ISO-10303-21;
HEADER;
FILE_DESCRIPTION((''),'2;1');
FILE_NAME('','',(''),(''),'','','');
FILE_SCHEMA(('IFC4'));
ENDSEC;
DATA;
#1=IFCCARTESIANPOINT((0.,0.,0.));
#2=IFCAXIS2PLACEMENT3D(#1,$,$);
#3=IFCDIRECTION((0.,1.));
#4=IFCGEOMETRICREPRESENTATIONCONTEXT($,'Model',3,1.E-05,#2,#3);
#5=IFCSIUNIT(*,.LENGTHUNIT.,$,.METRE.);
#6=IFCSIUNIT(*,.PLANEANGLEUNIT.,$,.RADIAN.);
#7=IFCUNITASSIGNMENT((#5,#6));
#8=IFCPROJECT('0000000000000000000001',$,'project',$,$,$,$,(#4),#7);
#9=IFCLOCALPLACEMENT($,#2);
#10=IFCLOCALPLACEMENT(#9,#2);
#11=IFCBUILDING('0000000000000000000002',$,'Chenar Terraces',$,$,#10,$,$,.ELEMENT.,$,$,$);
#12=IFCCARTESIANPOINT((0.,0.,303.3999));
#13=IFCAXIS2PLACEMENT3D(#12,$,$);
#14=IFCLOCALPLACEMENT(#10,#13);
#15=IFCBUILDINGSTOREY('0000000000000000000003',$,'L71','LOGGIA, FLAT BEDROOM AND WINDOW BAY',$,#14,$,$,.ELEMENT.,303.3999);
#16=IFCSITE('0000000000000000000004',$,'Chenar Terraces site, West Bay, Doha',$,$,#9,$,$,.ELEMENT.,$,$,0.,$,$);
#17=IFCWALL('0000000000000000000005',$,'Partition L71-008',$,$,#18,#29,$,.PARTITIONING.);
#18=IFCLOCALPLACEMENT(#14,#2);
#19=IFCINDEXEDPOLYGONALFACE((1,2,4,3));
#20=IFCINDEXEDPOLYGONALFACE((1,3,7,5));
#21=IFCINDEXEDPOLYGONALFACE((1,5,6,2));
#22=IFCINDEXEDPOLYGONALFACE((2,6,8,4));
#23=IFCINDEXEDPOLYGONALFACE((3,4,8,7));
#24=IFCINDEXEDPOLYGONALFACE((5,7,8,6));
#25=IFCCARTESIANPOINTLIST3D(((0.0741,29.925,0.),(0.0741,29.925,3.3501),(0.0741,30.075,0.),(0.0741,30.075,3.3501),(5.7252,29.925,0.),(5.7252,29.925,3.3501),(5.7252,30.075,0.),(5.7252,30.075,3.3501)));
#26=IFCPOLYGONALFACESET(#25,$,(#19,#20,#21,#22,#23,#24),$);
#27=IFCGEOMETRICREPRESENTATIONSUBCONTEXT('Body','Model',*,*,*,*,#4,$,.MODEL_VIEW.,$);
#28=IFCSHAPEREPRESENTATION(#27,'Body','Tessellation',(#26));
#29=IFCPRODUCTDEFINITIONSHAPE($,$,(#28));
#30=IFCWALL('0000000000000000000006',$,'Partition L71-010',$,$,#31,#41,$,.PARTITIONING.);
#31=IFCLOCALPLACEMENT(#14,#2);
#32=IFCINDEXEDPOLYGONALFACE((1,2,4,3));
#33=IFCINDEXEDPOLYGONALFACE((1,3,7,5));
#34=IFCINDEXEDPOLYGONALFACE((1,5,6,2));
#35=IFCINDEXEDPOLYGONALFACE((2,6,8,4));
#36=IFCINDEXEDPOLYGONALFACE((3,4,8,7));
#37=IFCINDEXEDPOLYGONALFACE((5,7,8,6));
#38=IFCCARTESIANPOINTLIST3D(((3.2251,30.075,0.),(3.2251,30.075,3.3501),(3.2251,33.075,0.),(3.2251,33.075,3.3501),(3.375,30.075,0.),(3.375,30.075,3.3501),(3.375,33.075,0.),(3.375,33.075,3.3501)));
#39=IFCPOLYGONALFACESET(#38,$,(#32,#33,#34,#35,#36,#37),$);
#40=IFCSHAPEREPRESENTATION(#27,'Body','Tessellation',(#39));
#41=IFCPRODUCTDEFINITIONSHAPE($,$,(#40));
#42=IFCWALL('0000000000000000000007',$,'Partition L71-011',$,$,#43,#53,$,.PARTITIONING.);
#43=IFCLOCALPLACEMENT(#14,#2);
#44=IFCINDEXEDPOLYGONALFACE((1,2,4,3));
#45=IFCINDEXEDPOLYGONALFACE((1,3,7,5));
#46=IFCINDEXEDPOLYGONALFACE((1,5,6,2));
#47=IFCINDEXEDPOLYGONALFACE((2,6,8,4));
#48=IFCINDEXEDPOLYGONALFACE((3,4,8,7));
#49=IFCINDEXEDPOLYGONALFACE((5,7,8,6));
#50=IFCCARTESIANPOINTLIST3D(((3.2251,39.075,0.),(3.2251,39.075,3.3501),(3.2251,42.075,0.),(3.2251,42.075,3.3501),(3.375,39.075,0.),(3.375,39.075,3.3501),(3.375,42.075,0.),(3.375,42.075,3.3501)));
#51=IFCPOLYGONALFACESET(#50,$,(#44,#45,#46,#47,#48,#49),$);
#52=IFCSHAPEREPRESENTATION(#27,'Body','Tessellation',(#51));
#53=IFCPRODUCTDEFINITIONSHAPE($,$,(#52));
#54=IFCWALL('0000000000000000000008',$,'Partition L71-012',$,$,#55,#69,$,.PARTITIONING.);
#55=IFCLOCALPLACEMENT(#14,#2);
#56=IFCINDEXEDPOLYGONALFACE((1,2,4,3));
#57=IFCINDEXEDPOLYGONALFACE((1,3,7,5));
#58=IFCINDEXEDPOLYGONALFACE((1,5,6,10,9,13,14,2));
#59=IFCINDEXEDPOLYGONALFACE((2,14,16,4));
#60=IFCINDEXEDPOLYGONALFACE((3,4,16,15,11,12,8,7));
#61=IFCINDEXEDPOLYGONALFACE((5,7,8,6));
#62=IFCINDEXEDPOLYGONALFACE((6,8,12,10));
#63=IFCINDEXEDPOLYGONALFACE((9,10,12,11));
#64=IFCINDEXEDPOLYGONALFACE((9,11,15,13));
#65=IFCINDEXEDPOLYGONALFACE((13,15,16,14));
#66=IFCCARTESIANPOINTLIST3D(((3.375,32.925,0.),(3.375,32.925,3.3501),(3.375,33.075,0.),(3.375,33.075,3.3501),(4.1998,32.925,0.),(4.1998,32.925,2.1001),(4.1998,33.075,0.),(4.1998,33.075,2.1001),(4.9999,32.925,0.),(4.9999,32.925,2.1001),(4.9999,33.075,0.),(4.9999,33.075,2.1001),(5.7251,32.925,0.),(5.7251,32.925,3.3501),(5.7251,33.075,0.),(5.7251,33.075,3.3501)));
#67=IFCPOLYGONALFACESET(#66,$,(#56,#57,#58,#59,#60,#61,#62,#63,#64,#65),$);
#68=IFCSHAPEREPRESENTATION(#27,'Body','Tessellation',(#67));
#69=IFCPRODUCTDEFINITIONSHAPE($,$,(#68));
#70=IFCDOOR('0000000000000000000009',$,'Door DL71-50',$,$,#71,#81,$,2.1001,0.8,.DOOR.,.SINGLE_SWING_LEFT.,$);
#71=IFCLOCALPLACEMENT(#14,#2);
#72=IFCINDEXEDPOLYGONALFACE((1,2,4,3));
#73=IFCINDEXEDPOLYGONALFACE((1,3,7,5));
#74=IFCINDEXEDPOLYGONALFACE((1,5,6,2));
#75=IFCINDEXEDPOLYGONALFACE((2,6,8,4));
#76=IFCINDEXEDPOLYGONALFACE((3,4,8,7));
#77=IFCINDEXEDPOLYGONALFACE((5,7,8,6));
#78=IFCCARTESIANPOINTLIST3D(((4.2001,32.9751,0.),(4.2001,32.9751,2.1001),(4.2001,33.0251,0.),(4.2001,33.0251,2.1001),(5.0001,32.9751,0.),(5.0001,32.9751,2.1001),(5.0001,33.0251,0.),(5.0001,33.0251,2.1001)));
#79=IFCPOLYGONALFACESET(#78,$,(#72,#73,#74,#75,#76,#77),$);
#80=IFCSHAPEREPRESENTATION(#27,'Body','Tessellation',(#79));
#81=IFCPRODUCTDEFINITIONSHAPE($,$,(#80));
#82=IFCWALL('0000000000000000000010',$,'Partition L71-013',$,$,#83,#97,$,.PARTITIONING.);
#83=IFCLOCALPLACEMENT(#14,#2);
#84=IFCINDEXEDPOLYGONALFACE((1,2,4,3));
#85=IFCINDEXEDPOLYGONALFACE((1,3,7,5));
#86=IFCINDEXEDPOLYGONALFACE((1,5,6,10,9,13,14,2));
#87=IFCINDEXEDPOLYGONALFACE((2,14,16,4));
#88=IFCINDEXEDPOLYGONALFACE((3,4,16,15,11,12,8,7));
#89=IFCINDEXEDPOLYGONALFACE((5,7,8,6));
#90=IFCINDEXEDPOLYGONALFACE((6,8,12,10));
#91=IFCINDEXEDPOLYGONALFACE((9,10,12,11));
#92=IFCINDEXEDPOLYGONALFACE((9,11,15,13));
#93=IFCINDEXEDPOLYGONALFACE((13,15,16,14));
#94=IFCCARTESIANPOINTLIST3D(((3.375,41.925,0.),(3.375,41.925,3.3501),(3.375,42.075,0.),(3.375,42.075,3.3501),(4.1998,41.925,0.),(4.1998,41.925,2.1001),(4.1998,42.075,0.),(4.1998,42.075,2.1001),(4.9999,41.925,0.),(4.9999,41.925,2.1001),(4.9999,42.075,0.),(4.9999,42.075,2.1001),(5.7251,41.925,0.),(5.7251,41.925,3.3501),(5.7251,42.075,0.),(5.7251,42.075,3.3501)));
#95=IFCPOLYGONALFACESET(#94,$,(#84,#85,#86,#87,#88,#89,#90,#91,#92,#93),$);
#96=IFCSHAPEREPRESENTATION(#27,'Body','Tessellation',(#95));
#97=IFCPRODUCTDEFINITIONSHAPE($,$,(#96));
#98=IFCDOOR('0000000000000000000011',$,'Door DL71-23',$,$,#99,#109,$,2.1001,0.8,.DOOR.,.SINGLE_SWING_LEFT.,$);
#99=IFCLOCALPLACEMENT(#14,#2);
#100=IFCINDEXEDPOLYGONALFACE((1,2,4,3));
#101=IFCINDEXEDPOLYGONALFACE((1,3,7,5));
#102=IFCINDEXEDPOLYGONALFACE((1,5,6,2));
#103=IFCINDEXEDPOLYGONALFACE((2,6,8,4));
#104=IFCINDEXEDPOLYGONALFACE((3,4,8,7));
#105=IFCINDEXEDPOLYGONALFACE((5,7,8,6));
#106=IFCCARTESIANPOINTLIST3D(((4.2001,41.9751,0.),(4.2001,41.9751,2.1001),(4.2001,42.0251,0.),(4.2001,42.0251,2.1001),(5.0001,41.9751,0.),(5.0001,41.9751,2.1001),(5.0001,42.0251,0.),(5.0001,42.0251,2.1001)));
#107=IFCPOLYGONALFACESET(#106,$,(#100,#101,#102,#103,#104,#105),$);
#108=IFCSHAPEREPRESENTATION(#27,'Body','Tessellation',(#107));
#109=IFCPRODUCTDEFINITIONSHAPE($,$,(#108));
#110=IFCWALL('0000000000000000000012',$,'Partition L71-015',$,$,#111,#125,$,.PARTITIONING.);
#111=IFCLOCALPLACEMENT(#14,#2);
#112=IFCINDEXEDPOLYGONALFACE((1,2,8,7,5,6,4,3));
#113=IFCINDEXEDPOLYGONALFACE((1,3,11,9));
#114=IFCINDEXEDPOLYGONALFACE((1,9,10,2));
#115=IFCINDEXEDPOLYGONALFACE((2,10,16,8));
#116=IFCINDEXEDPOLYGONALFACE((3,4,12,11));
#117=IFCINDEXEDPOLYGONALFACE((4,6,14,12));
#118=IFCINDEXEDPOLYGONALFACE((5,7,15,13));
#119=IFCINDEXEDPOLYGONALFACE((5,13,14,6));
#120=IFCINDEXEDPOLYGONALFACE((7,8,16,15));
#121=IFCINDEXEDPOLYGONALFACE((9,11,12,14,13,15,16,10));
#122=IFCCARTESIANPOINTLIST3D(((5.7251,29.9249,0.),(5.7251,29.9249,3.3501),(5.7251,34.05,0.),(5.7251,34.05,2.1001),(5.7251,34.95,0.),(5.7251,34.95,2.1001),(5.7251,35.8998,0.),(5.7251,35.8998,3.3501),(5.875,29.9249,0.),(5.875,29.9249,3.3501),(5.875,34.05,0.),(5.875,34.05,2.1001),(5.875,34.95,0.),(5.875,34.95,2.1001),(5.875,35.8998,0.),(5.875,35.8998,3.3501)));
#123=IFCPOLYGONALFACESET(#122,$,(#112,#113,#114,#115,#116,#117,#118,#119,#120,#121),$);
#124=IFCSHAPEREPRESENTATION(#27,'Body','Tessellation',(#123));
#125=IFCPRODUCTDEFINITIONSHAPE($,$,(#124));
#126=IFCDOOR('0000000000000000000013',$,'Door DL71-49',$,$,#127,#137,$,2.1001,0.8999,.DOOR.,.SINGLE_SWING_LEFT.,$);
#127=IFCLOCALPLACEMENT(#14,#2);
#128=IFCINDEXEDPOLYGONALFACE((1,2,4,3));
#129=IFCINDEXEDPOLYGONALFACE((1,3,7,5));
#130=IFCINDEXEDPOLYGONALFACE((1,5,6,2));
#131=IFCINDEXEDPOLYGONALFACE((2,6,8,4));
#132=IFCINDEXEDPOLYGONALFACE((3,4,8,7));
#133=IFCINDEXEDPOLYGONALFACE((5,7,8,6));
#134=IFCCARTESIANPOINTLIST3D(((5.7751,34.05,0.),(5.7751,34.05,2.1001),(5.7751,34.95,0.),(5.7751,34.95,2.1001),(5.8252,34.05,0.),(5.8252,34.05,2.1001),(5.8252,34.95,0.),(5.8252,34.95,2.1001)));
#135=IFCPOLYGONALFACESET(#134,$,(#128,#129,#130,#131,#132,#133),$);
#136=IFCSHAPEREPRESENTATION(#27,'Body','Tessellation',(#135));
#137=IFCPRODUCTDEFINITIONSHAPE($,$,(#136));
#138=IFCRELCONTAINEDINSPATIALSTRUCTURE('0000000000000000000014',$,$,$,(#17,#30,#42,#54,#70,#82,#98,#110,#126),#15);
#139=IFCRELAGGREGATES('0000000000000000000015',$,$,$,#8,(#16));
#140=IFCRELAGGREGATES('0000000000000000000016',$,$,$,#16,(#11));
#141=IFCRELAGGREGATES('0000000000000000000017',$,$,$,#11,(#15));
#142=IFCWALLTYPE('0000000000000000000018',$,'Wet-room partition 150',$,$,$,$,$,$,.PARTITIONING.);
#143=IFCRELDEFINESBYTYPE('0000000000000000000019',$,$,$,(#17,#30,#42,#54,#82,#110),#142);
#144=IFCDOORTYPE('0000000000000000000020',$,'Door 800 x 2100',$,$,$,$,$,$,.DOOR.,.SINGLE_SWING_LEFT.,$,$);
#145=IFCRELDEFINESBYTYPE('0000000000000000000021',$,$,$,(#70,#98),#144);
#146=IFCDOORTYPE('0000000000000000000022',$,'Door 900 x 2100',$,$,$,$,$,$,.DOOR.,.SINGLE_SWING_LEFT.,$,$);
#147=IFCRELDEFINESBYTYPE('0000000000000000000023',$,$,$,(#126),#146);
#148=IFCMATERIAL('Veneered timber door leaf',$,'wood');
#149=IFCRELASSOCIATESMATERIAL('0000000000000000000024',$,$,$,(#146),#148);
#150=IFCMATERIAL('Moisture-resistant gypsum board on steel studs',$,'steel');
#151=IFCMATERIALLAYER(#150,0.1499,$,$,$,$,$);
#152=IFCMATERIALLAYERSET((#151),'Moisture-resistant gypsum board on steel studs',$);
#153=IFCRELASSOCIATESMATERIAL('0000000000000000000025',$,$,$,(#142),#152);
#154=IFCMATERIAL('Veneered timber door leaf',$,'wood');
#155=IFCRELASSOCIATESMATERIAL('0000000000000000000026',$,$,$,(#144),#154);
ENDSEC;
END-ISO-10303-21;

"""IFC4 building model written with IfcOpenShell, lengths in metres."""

from ifc_helpers import new_model, si_unit, direction, frame, frame_2d, origin, place, context, subcontext, project, spatial, rectangle, extrude, material, layer, layer_set, type_object, element, fill, save


model = new_model("IFC4")

# Units and contexts
model_context = context("Model", 3, precision=1e-05, world=origin(), true_north=direction((0.0, 1.0)))
body_context = subcontext(model_context, "Body", "Model", "MODEL_VIEW")
ifc_project = project(units=[si_unit("LENGTHUNIT", "METRE"), si_unit("PLANEANGLEUNIT", "RADIAN")], contexts=[model_context])

# Site, building, storey
site_placement = place(None, origin())
site = spatial("IfcSite", under=ifc_project, at=site_placement, Name="Chenar Terraces site, West Bay, Doha", CompositionType="ELEMENT", RefElevation=0.0)
building_placement = place(site_placement, origin())
building = spatial("IfcBuilding", under=site, at=building_placement, Name="Chenar Terraces", CompositionType="ELEMENT")
storey_placement = place(building_placement, frame((0.0, 0.0, 303.3999)))
storey = spatial("IfcBuildingStorey", under=building, at=storey_placement, Name="L71", Description="LOGGIA, FLAT BEDROOM AND WINDOW BAY", CompositionType="ELEMENT", Elevation=303.3999)

# Shared definitions
ifc_material_1 = material(Name="Veneered timber door leaf", Category="wood")
door_type_1 = type_object("IfcDoorType", Name="Door 900 x 2100", OperationType="SINGLE_SWING_LEFT", PredefinedType="DOOR", material=ifc_material_1)

# Walls
ifc_material_2 = material(Name="Moisture-resistant gypsum board on steel studs", Category="steel")
ifc_layer_1 = layer(ifc_material_2, 0.1499)
ifc_layer_set_1 = layer_set([ifc_layer_1], Name="Moisture-resistant gypsum board on steel studs")
wall_type_1 = type_object("IfcWallType", Name="Wet-room partition 150", PredefinedType="PARTITIONING", material=ifc_layer_set_1)
wall_1_placement = place(storey_placement, frame((0.074, 30.0, 0.0), z_axis=(0.0, 0.0, 1.0), x_axis=(1.0, 0.0, 0.0)))
element("IfcWall", 1, at=wall_1_placement, inside=storey, type_object=wall_type_1, Name="Partition L71-008", PredefinedType="PARTITIONING", context=body_context, shape_type="SweptSolid", body=[
    extrude(rectangle(XDim=5.6511, YDim=0.1499, at=frame_2d((2.8257, 0.0))), origin(), (0.0, 0.0, 1.0), 3.3501),
])
for number, where, z_axis, x_axis, name in (
    (2, (3.3, 30.075, 0.0), (0.0, 0.0, 1.0), (0.0, 1.0, 0.0), "Partition L71-010"),
    (3, (3.3, 39.075, 0.0), (0.0, 0.0, 1.0), (0.0, 1.0, 0.0), "Partition L71-011"),
):
    element("IfcWall", number, at=place(storey_placement, frame(where, z_axis=z_axis, x_axis=x_axis)), inside=storey, type_object=wall_type_1, Name=name, PredefinedType="PARTITIONING", context=body_context, shape_type="SweptSolid", body=[
        extrude(rectangle(XDim=3.0, YDim=0.1499, at=frame_2d((1.5, 0.0))), origin(), (0.0, 0.0, 1.0), 3.3501),
    ])

# Walls, openings, doors
wall_2_placement = place(storey_placement, frame((3.375, 33.0, 0.0), z_axis=(0.0, 0.0, 1.0), x_axis=(1.0, 0.0, 0.0)))
wall_2 = element("IfcWall", 4, at=wall_2_placement, inside=storey, type_object=wall_type_1, Name="Partition L71-012", PredefinedType="PARTITIONING", context=body_context, shape_type="SweptSolid", body=[
    extrude(rectangle(XDim=2.3501, YDim=0.1499, at=frame_2d((1.175, 0.0))), origin(), (0.0, 0.0, 1.0), 3.3501),
])
opening_1_placement = place(wall_2_placement, frame((0.825, 0.0, 0.0)))
opening_1 = element("IfcOpeningElement", 5, at=opening_1_placement, cuts=wall_2, PredefinedType="OPENING", context=body_context, shape_type="SweptSolid", body=[
    extrude(rectangle(XDim=0.8, YDim=2.1001, at=frame_2d((0.3999, 1.05))), frame((0.0, 0.085, 0.0), z_axis=(0.0, -1.0, 0.0), x_axis=(1.0, 0.0, 0.0)), (0.0, 0.0, 1.0), 0.1699),
])
ifc_material_3 = material(Name="Veneered timber door leaf", Category="wood")
door_type_2 = type_object("IfcDoorType", Name="Door 800 x 2100", OperationType="SINGLE_SWING_LEFT", PredefinedType="DOOR", material=ifc_material_3)
door_1_placement = place(opening_1_placement, frame((0.8, 0.0, 0.0), z_axis=(0.0, 0.0, 1.0), x_axis=(-1.0, 0.0, 0.0)))
door_1 = element("IfcDoor", 6, at=door_1_placement, inside=storey, type_object=door_type_2, Name="Door DL71-50", OperationType="SINGLE_SWING_LEFT", OverallHeight=2.1001, OverallWidth=0.8, PredefinedType="DOOR", context=body_context, shape_type="SweptSolid", body=[
    extrude(rectangle(XDim=0.8, YDim=2.1001, at=frame_2d((0.3999, 1.05))), frame((0.0, 0.0249, 0.0), z_axis=(0.0, -1.0, 0.0), x_axis=(1.0, 0.0, 0.0)), (0.0, 0.0, 1.0), 0.05),
])
fill(opening_1, door_1)
wall_3_placement = place(storey_placement, frame((3.375, 42.0, 0.0), z_axis=(0.0, 0.0, 1.0), x_axis=(1.0, 0.0, 0.0)))
wall_3 = element("IfcWall", 7, at=wall_3_placement, inside=storey, type_object=wall_type_1, Name="Partition L71-013", PredefinedType="PARTITIONING", context=body_context, shape_type="SweptSolid", body=[
    extrude(rectangle(XDim=2.3501, YDim=0.1499, at=frame_2d((1.175, 0.0))), origin(), (0.0, 0.0, 1.0), 3.3501),
])
opening_2_placement = place(wall_3_placement, frame((0.825, 0.0, 0.0)))
opening_2 = element("IfcOpeningElement", 8, at=opening_2_placement, cuts=wall_3, PredefinedType="OPENING", context=body_context, shape_type="SweptSolid", body=[
    extrude(rectangle(XDim=0.8, YDim=2.1001, at=frame_2d((0.3999, 1.05))), frame((0.0, 0.085, 0.0), z_axis=(0.0, -1.0, 0.0), x_axis=(1.0, 0.0, 0.0)), (0.0, 0.0, 1.0), 0.1699),
])
door_2_placement = place(opening_2_placement, frame((0.8, 0.0, 0.0), z_axis=(0.0, 0.0, 1.0), x_axis=(-1.0, 0.0, 0.0)))
door_2 = element("IfcDoor", 9, at=door_2_placement, inside=storey, type_object=door_type_2, Name="Door DL71-23", OperationType="SINGLE_SWING_LEFT", OverallHeight=2.1001, OverallWidth=0.8, PredefinedType="DOOR", context=body_context, shape_type="SweptSolid", body=[
    extrude(rectangle(XDim=0.8, YDim=2.1001, at=frame_2d((0.3999, 1.05))), frame((0.0, 0.0249, 0.0), z_axis=(0.0, -1.0, 0.0), x_axis=(1.0, 0.0, 0.0)), (0.0, 0.0, 1.0), 0.05),
])
fill(opening_2, door_2)
wall_4_placement = place(storey_placement, frame((5.8, 29.925, 0.0), z_axis=(0.0, 0.0, 1.0), x_axis=(0.0, 1.0, 0.0)))
wall_4 = element("IfcWall", 10, at=wall_4_placement, inside=storey, type_object=wall_type_1, Name="Partition L71-015", PredefinedType="PARTITIONING", context=body_context, shape_type="SweptSolid", body=[
    extrude(rectangle(XDim=5.9749, YDim=0.1499, at=frame_2d((2.9873, 0.0))), origin(), (0.0, 0.0, 1.0), 3.3501),
])
opening_3_placement = place(wall_4_placement, frame((4.125, 0.0, 0.0)))
opening_3 = element("IfcOpeningElement", 11, at=opening_3_placement, cuts=wall_4, PredefinedType="OPENING", context=body_context, shape_type="SweptSolid", body=[
    extrude(rectangle(XDim=0.8999, YDim=2.1001, at=frame_2d((0.45, 1.05))), frame((0.0, 0.085, 0.0), z_axis=(0.0, -1.0, 0.0), x_axis=(1.0, 0.0, 0.0)), (0.0, 0.0, 1.0), 0.1699),
])
door_3_placement = place(opening_3_placement, origin())
door_3 = element("IfcDoor", 12, at=door_3_placement, inside=storey, type_object=door_type_1, Name="Door DL71-49", OperationType="SINGLE_SWING_LEFT", OverallHeight=2.1001, OverallWidth=0.8999, PredefinedType="DOOR", context=body_context, shape_type="SweptSolid", body=[
    extrude(rectangle(XDim=0.8999, YDim=2.1001, at=frame_2d((0.45, 1.05))), frame((0.0, 0.0249, 0.0), z_axis=(0.0, -1.0, 0.0), x_axis=(1.0, 0.0, 0.0)), (0.0, 0.0, 1.0), 0.05),
])
fill(opening_3, door_3)

save(model, "model.ifc")
